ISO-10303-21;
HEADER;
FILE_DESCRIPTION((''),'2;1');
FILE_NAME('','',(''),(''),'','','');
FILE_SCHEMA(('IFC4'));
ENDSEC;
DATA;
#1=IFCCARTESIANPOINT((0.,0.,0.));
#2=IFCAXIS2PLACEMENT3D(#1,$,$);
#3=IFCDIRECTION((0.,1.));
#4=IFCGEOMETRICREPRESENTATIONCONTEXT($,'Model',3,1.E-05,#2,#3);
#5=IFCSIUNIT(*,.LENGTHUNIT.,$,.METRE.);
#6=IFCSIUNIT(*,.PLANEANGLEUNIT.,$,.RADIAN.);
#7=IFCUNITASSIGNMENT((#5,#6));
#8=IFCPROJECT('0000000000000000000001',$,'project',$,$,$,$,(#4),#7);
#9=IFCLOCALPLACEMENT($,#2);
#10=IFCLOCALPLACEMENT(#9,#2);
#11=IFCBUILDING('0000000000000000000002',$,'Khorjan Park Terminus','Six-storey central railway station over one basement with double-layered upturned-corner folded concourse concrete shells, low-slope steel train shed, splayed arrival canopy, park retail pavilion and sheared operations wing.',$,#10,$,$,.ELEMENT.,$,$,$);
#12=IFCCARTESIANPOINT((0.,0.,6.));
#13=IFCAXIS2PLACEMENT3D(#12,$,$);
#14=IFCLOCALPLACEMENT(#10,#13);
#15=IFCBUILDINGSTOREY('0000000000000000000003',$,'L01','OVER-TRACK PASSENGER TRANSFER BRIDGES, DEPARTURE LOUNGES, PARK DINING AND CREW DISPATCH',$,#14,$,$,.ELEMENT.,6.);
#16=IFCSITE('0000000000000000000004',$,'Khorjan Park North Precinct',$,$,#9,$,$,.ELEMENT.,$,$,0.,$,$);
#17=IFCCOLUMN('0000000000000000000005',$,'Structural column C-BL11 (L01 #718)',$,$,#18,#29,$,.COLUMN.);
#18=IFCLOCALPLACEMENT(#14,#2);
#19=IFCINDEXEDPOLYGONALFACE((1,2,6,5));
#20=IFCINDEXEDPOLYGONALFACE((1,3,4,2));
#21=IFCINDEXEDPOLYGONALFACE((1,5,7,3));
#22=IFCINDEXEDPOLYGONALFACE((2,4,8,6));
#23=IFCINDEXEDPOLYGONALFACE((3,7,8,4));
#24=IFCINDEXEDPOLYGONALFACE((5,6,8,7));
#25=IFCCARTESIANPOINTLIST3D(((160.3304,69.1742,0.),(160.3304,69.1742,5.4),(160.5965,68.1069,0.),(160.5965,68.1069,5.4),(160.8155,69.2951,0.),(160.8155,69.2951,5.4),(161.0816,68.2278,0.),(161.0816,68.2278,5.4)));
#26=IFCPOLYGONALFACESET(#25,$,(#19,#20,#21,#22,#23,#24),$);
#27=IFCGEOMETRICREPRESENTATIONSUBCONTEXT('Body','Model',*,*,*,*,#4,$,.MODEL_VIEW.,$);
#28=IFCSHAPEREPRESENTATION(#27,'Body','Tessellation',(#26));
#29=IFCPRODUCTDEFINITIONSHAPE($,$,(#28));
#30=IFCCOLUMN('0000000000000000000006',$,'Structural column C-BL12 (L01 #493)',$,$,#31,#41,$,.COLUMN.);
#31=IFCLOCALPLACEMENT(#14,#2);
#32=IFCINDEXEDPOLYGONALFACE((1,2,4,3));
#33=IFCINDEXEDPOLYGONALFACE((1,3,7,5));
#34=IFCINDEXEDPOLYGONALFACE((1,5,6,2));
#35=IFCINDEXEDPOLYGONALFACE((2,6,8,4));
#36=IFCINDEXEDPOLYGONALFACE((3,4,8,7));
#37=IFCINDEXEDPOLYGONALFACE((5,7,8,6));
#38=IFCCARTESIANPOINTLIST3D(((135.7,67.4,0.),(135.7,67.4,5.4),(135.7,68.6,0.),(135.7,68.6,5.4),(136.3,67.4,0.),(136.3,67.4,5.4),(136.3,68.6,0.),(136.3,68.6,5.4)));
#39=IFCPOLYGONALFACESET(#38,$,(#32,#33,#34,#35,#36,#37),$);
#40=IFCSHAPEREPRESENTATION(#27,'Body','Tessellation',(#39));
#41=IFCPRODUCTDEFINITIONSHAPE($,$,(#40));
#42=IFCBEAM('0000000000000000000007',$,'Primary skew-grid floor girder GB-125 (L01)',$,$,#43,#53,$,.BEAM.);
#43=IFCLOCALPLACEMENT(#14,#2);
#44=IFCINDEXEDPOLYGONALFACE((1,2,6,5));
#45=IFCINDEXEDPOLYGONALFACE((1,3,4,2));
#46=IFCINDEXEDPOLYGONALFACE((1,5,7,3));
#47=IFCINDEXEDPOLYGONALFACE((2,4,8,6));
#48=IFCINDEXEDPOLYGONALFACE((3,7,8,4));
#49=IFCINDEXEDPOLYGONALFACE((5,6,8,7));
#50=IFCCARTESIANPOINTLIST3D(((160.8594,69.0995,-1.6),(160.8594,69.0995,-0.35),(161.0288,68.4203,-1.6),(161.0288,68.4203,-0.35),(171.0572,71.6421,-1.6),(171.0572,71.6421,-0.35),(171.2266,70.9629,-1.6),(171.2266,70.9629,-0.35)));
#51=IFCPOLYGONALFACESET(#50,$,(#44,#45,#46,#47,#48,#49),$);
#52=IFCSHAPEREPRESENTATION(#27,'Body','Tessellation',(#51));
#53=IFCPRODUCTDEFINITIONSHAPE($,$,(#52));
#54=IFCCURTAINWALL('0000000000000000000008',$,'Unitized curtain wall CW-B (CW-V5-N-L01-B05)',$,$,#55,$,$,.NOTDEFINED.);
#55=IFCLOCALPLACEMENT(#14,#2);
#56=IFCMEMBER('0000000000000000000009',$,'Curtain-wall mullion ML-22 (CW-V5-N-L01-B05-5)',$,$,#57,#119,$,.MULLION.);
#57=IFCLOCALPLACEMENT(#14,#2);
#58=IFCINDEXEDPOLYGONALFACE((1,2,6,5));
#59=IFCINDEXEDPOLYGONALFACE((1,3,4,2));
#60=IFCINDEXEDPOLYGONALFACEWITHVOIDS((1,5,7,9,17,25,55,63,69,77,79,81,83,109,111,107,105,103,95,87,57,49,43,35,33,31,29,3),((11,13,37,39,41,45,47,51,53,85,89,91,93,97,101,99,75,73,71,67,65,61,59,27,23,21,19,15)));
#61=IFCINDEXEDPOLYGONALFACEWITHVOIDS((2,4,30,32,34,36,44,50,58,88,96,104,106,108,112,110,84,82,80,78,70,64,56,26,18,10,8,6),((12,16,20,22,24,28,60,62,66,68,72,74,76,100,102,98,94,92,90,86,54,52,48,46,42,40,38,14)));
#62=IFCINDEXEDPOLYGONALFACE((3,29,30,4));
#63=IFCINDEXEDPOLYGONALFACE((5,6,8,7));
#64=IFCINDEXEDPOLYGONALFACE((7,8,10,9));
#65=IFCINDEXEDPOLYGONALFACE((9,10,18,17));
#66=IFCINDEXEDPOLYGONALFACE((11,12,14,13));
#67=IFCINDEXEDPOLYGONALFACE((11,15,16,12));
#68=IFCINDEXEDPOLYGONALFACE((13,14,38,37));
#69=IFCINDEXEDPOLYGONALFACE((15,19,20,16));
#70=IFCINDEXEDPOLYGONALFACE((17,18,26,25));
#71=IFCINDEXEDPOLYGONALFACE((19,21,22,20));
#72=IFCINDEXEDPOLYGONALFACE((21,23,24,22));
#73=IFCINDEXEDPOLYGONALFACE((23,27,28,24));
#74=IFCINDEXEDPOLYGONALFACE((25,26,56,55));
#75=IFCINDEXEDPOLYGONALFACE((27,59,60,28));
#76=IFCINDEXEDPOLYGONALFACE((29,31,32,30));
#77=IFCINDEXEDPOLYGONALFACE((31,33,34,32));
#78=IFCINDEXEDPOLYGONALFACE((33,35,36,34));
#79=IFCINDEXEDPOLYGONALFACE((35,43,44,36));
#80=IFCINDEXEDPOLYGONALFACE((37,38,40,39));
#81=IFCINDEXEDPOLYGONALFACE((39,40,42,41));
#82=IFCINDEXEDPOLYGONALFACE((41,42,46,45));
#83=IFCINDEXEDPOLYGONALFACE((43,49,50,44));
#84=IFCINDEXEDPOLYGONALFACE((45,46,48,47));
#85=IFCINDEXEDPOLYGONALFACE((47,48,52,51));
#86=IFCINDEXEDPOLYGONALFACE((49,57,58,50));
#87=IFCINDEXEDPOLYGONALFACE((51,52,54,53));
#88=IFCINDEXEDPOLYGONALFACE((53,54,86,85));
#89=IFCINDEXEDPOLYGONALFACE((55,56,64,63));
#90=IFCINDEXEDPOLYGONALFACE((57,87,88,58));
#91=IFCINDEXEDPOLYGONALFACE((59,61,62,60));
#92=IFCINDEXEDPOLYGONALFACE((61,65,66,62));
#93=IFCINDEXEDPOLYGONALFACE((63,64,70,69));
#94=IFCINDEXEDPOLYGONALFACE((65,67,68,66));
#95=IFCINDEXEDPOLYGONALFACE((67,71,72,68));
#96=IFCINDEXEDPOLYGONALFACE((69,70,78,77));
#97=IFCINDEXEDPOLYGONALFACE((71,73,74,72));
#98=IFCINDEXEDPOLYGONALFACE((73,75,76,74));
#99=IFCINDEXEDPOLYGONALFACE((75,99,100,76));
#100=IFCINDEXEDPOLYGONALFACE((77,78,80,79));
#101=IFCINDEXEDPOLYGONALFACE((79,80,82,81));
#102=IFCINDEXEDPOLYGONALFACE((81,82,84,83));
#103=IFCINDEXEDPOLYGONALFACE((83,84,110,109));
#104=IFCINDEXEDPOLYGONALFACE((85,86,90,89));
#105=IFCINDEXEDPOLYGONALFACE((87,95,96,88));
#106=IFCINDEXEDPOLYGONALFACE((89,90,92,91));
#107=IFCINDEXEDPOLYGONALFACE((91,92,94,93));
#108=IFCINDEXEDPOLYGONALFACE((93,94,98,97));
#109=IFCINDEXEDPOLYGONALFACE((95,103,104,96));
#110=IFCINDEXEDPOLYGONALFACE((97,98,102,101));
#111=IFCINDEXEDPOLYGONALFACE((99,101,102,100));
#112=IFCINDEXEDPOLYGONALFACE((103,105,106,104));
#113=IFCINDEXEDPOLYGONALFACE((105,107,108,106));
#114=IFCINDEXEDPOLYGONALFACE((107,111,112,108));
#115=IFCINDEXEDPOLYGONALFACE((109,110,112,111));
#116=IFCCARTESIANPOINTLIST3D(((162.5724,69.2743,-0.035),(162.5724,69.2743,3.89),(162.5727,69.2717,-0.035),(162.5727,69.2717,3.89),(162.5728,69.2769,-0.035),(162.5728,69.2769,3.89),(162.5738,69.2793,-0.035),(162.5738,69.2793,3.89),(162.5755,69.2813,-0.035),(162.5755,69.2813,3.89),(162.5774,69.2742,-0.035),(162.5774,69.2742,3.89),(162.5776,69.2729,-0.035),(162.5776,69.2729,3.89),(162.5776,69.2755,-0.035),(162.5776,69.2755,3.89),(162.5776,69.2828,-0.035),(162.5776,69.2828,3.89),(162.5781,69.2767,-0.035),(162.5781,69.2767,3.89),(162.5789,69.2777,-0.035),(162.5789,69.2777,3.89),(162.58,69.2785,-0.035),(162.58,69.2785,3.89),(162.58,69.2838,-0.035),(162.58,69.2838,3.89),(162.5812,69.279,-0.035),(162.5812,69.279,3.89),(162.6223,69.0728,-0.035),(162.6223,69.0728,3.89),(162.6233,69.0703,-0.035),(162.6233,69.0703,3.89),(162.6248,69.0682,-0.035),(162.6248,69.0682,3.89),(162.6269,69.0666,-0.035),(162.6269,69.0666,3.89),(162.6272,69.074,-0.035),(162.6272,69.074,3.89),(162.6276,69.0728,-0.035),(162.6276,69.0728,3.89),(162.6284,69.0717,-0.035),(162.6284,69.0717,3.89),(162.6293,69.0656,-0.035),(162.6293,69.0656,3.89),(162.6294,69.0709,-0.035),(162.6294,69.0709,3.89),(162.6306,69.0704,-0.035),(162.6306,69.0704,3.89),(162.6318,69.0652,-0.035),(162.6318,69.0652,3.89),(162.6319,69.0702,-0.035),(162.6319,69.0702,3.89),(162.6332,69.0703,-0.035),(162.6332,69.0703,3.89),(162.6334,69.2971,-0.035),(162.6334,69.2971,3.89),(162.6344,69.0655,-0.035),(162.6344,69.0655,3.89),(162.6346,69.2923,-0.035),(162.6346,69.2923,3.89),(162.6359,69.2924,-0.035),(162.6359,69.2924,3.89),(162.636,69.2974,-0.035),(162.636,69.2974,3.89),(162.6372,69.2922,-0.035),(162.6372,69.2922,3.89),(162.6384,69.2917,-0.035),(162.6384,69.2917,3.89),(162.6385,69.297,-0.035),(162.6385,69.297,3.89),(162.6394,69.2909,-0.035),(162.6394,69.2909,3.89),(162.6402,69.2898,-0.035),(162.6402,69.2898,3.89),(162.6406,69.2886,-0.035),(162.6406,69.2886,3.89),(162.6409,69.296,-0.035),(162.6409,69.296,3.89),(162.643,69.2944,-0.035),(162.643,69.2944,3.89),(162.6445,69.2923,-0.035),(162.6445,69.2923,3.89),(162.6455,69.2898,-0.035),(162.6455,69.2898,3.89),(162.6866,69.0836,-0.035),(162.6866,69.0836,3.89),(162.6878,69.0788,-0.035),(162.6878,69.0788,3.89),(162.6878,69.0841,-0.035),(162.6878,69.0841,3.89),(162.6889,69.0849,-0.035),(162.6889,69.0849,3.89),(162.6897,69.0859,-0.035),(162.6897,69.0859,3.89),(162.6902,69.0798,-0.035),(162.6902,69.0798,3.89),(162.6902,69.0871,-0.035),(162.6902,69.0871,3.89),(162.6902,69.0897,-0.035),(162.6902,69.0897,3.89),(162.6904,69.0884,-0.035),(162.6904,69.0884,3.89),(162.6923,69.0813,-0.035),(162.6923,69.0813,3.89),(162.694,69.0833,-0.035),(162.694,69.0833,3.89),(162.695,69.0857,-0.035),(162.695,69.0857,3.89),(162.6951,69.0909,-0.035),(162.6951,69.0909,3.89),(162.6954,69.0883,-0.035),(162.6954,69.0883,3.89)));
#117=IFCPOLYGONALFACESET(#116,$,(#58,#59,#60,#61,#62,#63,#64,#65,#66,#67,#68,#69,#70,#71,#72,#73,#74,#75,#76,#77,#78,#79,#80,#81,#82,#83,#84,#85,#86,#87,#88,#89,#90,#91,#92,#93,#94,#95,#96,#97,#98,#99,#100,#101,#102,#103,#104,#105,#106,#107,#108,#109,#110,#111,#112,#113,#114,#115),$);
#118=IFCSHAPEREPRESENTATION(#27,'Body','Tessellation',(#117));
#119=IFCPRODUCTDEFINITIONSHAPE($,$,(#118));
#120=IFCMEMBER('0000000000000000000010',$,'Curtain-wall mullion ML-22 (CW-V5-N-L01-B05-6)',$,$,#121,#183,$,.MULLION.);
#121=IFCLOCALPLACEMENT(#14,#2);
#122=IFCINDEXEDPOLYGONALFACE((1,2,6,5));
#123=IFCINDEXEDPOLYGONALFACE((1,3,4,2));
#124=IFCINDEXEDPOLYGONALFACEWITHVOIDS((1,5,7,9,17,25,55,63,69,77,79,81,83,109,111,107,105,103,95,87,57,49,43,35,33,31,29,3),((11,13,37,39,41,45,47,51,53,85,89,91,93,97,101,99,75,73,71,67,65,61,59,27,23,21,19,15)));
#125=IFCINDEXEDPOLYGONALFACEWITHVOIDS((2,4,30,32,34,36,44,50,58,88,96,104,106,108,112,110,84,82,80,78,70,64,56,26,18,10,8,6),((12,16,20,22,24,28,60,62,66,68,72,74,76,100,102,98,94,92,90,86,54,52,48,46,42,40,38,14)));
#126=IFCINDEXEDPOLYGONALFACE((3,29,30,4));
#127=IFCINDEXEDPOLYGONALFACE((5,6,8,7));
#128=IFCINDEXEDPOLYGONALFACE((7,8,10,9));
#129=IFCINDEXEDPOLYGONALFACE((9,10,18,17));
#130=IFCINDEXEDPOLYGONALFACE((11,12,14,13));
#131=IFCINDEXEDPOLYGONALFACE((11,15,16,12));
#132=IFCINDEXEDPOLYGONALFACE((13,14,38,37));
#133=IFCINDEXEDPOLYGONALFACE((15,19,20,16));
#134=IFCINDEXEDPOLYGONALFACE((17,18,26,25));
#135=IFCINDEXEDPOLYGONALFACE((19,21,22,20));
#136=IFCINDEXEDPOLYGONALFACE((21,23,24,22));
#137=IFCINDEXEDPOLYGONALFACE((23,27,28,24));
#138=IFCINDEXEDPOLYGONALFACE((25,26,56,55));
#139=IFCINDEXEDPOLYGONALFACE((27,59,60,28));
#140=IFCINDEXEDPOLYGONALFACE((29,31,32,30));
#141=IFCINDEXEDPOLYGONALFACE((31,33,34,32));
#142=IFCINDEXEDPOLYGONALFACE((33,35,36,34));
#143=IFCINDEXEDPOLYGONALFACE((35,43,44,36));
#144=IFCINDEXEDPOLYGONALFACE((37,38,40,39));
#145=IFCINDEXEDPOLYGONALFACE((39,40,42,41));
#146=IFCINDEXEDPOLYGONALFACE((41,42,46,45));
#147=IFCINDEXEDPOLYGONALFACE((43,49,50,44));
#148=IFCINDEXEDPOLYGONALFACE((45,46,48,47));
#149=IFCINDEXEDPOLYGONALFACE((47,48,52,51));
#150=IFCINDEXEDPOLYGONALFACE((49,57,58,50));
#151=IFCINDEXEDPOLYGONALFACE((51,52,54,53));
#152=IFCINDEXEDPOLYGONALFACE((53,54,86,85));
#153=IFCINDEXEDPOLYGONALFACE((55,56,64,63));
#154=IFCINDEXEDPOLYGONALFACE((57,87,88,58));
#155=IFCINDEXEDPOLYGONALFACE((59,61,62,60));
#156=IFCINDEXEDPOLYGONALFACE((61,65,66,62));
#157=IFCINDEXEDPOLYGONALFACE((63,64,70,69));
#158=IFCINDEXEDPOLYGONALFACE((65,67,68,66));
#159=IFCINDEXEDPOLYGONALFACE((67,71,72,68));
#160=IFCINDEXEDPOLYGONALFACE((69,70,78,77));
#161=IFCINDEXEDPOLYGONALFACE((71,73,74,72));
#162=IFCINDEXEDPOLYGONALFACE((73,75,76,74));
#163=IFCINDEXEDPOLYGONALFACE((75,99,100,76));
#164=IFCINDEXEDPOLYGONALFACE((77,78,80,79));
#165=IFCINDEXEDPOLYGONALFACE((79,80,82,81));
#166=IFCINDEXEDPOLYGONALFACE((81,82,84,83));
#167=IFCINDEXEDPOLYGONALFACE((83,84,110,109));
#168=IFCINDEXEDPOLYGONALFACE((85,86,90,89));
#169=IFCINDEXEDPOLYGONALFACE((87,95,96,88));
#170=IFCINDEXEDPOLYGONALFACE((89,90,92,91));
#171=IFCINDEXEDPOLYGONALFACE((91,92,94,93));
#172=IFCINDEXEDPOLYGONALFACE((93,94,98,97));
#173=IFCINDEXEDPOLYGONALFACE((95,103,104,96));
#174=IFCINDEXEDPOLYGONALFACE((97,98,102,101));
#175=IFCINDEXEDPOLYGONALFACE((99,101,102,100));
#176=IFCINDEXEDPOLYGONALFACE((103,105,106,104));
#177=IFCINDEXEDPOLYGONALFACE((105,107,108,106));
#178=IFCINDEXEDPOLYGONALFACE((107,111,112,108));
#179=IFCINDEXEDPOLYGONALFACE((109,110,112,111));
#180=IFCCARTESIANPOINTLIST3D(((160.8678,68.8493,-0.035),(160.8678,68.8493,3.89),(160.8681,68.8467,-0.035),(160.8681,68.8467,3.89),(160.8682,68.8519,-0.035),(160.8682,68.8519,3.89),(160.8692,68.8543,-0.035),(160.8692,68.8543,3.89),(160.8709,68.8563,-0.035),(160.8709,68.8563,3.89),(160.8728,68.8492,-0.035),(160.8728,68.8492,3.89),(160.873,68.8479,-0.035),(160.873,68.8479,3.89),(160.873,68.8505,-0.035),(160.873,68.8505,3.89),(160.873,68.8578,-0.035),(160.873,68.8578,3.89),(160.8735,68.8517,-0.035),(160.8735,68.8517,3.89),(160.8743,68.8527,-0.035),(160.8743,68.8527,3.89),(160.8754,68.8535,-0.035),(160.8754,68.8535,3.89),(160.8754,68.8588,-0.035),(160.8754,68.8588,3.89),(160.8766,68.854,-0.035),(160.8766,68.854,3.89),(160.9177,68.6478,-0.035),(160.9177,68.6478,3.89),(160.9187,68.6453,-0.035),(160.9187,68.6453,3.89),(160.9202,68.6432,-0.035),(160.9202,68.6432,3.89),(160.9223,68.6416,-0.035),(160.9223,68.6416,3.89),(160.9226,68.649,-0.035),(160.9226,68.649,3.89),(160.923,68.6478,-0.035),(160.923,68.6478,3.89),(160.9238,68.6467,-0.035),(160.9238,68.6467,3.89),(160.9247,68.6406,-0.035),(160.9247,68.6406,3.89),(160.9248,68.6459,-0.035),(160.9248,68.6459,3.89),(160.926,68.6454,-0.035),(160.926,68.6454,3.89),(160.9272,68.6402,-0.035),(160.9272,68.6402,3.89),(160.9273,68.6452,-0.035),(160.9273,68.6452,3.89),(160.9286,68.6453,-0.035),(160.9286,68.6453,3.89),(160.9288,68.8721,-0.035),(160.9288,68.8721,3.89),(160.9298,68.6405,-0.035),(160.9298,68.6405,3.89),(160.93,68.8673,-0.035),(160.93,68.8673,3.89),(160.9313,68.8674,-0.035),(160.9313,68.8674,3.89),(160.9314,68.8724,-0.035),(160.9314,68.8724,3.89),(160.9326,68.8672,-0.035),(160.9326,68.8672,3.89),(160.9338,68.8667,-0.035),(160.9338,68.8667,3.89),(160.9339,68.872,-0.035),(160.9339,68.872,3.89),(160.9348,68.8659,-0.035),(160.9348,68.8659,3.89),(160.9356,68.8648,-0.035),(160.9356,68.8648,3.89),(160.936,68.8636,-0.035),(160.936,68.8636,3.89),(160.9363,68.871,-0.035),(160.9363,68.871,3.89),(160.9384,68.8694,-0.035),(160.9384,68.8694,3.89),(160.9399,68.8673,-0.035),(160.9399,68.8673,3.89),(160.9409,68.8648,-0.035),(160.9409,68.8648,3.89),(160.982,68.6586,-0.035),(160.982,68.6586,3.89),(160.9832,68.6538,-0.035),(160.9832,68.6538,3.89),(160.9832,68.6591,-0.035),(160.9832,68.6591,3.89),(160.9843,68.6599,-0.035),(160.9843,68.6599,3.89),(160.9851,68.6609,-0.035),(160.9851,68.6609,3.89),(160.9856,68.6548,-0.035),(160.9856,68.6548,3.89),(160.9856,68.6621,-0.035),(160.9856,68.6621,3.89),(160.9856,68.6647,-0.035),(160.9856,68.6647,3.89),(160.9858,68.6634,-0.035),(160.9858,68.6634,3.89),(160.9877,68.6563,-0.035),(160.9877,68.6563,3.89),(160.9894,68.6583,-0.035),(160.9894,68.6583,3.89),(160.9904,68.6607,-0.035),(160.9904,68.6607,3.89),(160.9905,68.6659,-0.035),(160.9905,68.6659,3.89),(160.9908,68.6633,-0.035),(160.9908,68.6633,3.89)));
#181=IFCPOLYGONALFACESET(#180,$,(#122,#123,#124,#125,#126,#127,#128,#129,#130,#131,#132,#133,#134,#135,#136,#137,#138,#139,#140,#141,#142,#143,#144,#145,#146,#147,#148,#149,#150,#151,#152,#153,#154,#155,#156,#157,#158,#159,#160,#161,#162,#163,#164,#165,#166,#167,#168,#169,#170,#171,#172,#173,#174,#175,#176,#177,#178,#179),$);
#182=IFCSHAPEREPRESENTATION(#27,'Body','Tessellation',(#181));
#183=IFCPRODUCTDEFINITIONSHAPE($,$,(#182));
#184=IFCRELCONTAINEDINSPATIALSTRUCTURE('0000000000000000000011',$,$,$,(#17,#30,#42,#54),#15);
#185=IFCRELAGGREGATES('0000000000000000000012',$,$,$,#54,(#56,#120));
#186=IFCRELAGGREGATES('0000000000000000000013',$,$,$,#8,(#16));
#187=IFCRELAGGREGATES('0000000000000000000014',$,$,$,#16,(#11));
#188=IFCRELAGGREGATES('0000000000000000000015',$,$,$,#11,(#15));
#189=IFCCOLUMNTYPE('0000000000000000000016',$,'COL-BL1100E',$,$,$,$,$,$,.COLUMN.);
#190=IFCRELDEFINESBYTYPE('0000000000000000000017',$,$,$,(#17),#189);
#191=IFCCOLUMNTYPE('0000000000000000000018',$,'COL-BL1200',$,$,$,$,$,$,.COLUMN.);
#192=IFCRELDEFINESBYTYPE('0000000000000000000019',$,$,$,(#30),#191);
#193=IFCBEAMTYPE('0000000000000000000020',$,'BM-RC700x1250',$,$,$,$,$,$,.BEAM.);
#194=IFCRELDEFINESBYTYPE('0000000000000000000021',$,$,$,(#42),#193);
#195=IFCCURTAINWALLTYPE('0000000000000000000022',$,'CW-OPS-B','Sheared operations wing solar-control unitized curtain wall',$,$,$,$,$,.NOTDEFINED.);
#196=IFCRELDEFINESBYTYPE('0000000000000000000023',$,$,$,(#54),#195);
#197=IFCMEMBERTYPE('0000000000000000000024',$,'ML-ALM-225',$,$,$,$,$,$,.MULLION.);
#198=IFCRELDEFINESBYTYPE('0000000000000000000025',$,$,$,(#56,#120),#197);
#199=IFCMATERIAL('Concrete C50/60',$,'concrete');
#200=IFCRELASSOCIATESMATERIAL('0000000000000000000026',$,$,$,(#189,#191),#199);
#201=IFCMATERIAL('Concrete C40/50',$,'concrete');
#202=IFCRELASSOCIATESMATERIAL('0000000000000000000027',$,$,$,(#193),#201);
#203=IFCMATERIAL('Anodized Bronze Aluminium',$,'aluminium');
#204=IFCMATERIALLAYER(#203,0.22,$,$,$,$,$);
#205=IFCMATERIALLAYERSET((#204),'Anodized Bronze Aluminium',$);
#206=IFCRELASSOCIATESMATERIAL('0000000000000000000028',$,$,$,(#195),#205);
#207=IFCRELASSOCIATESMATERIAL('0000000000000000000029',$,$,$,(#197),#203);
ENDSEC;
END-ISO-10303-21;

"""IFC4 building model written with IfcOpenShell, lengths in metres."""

from ifc_helpers import new_model, si_unit, direction, frame, origin, origin_2d, place, context, subcontext, project, spatial, rectangle, hollow_rectangle, extrude, material, layer, layer_set, material_profile, profile_set, type_object, element, aggregate, save


model = new_model("IFC4")

# Units and contexts
model_context = context("Model", 3, precision=1e-05, world=origin(), true_north=direction((0.0, 1.0)))
body_context = subcontext(model_context, "Body", "Model", "MODEL_VIEW")
ifc_project = project(units=[si_unit("LENGTHUNIT", "METRE"), si_unit("PLANEANGLEUNIT", "RADIAN")], contexts=[model_context])

# Site, building, storey
site_placement = place(None, origin())
site = spatial("IfcSite", under=ifc_project, at=site_placement, Name="Khorjan Park North Precinct", CompositionType="ELEMENT", RefElevation=0.0)
building_placement = place(site_placement, origin())
building = spatial("IfcBuilding", under=site, at=building_placement, Name="Khorjan Park Terminus", Description="Six-storey central railway station over one basement with double-layered upturned-corner folded concourse concrete shells, low-slope steel train shed, splayed arrival canopy, park retail pavilion and sheared operations wing.", CompositionType="ELEMENT")
storey_placement = place(building_placement, frame((0.0, 0.0, 6.0)))
storey = spatial("IfcBuildingStorey", under=building, at=storey_placement, Name="L01", Description="OVER-TRACK PASSENGER TRANSFER BRIDGES, DEPARTURE LOUNGES, PARK DINING AND CREW DISPATCH", CompositionType="ELEMENT", Elevation=6.0)

# Columns
ifc_material_1 = material(Name="Concrete C50/60", Category="concrete")
ifc_material_profile_1 = material_profile(ifc_material_1, rectangle(XDim=0.5, YDim=1.1, at=origin_2d()), Name="RC 500x1100")
ifc_profile_set_1 = profile_set([ifc_material_profile_1], Name="Concrete C50/60")
column_type_1 = type_object("IfcColumnType", Name="COL-BL1100E", PredefinedType="COLUMN", material=ifc_profile_set_1)
column_1_placement = place(storey_placement, frame((160.706, 68.701, 0.0), z_axis=(0.0, 0.0, 1.0), x_axis=(0.970296, 0.241922, 0.0)))
element("IfcColumn", 1, at=column_1_placement, inside=storey, type_object=column_type_1, Name="Structural column C-BL11 (L01 #718)", PredefinedType="COLUMN", context=body_context, shape_type="SweptSolid", body=[
    extrude(rectangle(XDim=0.5, YDim=1.1, at=origin_2d()), origin(), (0.0, 0.0, 1.0), 5.4),
])
ifc_material_profile_2 = material_profile(ifc_material_1, rectangle(XDim=0.6, YDim=1.2, at=origin_2d()), Name="RC 600x1200")
ifc_profile_set_2 = profile_set([ifc_material_profile_2], Name="Concrete C50/60")
column_type_2 = type_object("IfcColumnType", Name="COL-BL1200", PredefinedType="COLUMN", material=ifc_profile_set_2)
column_2_placement = place(storey_placement, frame((136.0, 68.0, 0.0), z_axis=(0.0, 0.0, 1.0), x_axis=(1.0, 0.0, 0.0)))
element("IfcColumn", 2, at=column_2_placement, inside=storey, type_object=column_type_2, Name="Structural column C-BL12 (L01 #493)", PredefinedType="COLUMN", context=body_context, shape_type="SweptSolid", body=[
    extrude(rectangle(XDim=0.6, YDim=1.2, at=origin_2d()), origin(), (0.0, 0.0, 1.0), 5.4),
])

# Beam
ifc_material_2 = material(Name="Concrete C40/50", Category="concrete")
ifc_material_profile_3 = material_profile(ifc_material_2, rectangle(XDim=0.7, YDim=1.25, at=origin_2d()), Name="RC 700x1250")
ifc_profile_set_3 = profile_set([ifc_material_profile_3], Name="Concrete C40/50")
beam_type_1 = type_object("IfcBeamType", Name="BM-RC700x1250", PredefinedType="BEAM", material=ifc_profile_set_3)
beam_1_placement = place(storey_placement, frame((160.9441, 68.7599, -0.975), z_axis=(0.970296, 0.241922, 0.0), x_axis=(-0.241922, 0.970296, 0.0)))
element("IfcBeam", 3, at=beam_1_placement, inside=storey, type_object=beam_type_1, Name="Primary skew-grid floor girder GB-125 (L01)", PredefinedType="BEAM", context=body_context, shape_type="SweptSolid", body=[
    extrude(rectangle(XDim=0.7, YDim=1.25, at=origin_2d()), origin(), (0.0, 0.0, 1.0), 10.51),
])

# Curtain wall, members
ifc_material_3 = material(Name="Anodized Bronze Aluminium", Category="aluminium")
ifc_layer_1 = layer(ifc_material_3, 0.22)
ifc_layer_set_1 = layer_set([ifc_layer_1], Name="Anodized Bronze Aluminium")
curtain_wall_type_1 = type_object("IfcCurtainWallType", Name="CW-OPS-B", Description="Sheared operations wing solar-control unitized curtain wall", PredefinedType="NOTDEFINED", material=ifc_layer_set_1)
curtain_wall_1_placement = place(storey_placement, origin())
curtain_wall_1 = element("IfcCurtainWall", 4, at=curtain_wall_1_placement, inside=storey, type_object=curtain_wall_type_1, Name="Unitized curtain wall CW-B (CW-V5-N-L01-B05)", PredefinedType="NOTDEFINED")
ifc_material_profile_4 = material_profile(ifc_material_3, hollow_rectangle(XDim=0.075, YDim=0.225, WallThickness=0.005, InnerFilletRadius=0.005, OuterFilletRadius=0.01, at=origin_2d()), Name="ALM 75x225x5")
ifc_profile_set_4 = profile_set([ifc_material_profile_4], Name="Anodized Bronze Aluminium")
member_type_1 = type_object("IfcMemberType", Name="ML-ALM-225", PredefinedType="MULLION", material=ifc_profile_set_4)
member_1_placement = place(storey_placement, frame((162.6339, 69.1813, -0.035), z_axis=(0.0, 0.0, 1.0), x_axis=(-0.970299, -0.241911, 0.0)))
member_1 = element("IfcMember", 5, at=member_1_placement, type_object=member_type_1, Name="Curtain-wall mullion ML-22 (CW-V5-N-L01-B05-5)", PredefinedType="MULLION", context=body_context, shape_type="SweptSolid", body=[
    extrude(hollow_rectangle(XDim=0.075, YDim=0.225, WallThickness=0.005, InnerFilletRadius=0.005, OuterFilletRadius=0.01, at=origin_2d()), origin(), (0.0, 0.0, 1.0), 3.925),
])
member_2_placement = place(storey_placement, frame((160.9293, 68.7563, -0.035), z_axis=(0.0, 0.0, 1.0), x_axis=(-0.970299, -0.241911, 0.0)))
member_2 = element("IfcMember", 6, at=member_2_placement, type_object=member_type_1, Name="Curtain-wall mullion ML-22 (CW-V5-N-L01-B05-6)", PredefinedType="MULLION", context=body_context, shape_type="SweptSolid", body=[
    extrude(hollow_rectangle(XDim=0.075, YDim=0.225, WallThickness=0.005, InnerFilletRadius=0.005, OuterFilletRadius=0.01, at=origin_2d()), origin(), (0.0, 0.0, 1.0), 3.925),
])

aggregate(curtain_wall_1, [member_1, member_2])

save(model, "model.ifc")
